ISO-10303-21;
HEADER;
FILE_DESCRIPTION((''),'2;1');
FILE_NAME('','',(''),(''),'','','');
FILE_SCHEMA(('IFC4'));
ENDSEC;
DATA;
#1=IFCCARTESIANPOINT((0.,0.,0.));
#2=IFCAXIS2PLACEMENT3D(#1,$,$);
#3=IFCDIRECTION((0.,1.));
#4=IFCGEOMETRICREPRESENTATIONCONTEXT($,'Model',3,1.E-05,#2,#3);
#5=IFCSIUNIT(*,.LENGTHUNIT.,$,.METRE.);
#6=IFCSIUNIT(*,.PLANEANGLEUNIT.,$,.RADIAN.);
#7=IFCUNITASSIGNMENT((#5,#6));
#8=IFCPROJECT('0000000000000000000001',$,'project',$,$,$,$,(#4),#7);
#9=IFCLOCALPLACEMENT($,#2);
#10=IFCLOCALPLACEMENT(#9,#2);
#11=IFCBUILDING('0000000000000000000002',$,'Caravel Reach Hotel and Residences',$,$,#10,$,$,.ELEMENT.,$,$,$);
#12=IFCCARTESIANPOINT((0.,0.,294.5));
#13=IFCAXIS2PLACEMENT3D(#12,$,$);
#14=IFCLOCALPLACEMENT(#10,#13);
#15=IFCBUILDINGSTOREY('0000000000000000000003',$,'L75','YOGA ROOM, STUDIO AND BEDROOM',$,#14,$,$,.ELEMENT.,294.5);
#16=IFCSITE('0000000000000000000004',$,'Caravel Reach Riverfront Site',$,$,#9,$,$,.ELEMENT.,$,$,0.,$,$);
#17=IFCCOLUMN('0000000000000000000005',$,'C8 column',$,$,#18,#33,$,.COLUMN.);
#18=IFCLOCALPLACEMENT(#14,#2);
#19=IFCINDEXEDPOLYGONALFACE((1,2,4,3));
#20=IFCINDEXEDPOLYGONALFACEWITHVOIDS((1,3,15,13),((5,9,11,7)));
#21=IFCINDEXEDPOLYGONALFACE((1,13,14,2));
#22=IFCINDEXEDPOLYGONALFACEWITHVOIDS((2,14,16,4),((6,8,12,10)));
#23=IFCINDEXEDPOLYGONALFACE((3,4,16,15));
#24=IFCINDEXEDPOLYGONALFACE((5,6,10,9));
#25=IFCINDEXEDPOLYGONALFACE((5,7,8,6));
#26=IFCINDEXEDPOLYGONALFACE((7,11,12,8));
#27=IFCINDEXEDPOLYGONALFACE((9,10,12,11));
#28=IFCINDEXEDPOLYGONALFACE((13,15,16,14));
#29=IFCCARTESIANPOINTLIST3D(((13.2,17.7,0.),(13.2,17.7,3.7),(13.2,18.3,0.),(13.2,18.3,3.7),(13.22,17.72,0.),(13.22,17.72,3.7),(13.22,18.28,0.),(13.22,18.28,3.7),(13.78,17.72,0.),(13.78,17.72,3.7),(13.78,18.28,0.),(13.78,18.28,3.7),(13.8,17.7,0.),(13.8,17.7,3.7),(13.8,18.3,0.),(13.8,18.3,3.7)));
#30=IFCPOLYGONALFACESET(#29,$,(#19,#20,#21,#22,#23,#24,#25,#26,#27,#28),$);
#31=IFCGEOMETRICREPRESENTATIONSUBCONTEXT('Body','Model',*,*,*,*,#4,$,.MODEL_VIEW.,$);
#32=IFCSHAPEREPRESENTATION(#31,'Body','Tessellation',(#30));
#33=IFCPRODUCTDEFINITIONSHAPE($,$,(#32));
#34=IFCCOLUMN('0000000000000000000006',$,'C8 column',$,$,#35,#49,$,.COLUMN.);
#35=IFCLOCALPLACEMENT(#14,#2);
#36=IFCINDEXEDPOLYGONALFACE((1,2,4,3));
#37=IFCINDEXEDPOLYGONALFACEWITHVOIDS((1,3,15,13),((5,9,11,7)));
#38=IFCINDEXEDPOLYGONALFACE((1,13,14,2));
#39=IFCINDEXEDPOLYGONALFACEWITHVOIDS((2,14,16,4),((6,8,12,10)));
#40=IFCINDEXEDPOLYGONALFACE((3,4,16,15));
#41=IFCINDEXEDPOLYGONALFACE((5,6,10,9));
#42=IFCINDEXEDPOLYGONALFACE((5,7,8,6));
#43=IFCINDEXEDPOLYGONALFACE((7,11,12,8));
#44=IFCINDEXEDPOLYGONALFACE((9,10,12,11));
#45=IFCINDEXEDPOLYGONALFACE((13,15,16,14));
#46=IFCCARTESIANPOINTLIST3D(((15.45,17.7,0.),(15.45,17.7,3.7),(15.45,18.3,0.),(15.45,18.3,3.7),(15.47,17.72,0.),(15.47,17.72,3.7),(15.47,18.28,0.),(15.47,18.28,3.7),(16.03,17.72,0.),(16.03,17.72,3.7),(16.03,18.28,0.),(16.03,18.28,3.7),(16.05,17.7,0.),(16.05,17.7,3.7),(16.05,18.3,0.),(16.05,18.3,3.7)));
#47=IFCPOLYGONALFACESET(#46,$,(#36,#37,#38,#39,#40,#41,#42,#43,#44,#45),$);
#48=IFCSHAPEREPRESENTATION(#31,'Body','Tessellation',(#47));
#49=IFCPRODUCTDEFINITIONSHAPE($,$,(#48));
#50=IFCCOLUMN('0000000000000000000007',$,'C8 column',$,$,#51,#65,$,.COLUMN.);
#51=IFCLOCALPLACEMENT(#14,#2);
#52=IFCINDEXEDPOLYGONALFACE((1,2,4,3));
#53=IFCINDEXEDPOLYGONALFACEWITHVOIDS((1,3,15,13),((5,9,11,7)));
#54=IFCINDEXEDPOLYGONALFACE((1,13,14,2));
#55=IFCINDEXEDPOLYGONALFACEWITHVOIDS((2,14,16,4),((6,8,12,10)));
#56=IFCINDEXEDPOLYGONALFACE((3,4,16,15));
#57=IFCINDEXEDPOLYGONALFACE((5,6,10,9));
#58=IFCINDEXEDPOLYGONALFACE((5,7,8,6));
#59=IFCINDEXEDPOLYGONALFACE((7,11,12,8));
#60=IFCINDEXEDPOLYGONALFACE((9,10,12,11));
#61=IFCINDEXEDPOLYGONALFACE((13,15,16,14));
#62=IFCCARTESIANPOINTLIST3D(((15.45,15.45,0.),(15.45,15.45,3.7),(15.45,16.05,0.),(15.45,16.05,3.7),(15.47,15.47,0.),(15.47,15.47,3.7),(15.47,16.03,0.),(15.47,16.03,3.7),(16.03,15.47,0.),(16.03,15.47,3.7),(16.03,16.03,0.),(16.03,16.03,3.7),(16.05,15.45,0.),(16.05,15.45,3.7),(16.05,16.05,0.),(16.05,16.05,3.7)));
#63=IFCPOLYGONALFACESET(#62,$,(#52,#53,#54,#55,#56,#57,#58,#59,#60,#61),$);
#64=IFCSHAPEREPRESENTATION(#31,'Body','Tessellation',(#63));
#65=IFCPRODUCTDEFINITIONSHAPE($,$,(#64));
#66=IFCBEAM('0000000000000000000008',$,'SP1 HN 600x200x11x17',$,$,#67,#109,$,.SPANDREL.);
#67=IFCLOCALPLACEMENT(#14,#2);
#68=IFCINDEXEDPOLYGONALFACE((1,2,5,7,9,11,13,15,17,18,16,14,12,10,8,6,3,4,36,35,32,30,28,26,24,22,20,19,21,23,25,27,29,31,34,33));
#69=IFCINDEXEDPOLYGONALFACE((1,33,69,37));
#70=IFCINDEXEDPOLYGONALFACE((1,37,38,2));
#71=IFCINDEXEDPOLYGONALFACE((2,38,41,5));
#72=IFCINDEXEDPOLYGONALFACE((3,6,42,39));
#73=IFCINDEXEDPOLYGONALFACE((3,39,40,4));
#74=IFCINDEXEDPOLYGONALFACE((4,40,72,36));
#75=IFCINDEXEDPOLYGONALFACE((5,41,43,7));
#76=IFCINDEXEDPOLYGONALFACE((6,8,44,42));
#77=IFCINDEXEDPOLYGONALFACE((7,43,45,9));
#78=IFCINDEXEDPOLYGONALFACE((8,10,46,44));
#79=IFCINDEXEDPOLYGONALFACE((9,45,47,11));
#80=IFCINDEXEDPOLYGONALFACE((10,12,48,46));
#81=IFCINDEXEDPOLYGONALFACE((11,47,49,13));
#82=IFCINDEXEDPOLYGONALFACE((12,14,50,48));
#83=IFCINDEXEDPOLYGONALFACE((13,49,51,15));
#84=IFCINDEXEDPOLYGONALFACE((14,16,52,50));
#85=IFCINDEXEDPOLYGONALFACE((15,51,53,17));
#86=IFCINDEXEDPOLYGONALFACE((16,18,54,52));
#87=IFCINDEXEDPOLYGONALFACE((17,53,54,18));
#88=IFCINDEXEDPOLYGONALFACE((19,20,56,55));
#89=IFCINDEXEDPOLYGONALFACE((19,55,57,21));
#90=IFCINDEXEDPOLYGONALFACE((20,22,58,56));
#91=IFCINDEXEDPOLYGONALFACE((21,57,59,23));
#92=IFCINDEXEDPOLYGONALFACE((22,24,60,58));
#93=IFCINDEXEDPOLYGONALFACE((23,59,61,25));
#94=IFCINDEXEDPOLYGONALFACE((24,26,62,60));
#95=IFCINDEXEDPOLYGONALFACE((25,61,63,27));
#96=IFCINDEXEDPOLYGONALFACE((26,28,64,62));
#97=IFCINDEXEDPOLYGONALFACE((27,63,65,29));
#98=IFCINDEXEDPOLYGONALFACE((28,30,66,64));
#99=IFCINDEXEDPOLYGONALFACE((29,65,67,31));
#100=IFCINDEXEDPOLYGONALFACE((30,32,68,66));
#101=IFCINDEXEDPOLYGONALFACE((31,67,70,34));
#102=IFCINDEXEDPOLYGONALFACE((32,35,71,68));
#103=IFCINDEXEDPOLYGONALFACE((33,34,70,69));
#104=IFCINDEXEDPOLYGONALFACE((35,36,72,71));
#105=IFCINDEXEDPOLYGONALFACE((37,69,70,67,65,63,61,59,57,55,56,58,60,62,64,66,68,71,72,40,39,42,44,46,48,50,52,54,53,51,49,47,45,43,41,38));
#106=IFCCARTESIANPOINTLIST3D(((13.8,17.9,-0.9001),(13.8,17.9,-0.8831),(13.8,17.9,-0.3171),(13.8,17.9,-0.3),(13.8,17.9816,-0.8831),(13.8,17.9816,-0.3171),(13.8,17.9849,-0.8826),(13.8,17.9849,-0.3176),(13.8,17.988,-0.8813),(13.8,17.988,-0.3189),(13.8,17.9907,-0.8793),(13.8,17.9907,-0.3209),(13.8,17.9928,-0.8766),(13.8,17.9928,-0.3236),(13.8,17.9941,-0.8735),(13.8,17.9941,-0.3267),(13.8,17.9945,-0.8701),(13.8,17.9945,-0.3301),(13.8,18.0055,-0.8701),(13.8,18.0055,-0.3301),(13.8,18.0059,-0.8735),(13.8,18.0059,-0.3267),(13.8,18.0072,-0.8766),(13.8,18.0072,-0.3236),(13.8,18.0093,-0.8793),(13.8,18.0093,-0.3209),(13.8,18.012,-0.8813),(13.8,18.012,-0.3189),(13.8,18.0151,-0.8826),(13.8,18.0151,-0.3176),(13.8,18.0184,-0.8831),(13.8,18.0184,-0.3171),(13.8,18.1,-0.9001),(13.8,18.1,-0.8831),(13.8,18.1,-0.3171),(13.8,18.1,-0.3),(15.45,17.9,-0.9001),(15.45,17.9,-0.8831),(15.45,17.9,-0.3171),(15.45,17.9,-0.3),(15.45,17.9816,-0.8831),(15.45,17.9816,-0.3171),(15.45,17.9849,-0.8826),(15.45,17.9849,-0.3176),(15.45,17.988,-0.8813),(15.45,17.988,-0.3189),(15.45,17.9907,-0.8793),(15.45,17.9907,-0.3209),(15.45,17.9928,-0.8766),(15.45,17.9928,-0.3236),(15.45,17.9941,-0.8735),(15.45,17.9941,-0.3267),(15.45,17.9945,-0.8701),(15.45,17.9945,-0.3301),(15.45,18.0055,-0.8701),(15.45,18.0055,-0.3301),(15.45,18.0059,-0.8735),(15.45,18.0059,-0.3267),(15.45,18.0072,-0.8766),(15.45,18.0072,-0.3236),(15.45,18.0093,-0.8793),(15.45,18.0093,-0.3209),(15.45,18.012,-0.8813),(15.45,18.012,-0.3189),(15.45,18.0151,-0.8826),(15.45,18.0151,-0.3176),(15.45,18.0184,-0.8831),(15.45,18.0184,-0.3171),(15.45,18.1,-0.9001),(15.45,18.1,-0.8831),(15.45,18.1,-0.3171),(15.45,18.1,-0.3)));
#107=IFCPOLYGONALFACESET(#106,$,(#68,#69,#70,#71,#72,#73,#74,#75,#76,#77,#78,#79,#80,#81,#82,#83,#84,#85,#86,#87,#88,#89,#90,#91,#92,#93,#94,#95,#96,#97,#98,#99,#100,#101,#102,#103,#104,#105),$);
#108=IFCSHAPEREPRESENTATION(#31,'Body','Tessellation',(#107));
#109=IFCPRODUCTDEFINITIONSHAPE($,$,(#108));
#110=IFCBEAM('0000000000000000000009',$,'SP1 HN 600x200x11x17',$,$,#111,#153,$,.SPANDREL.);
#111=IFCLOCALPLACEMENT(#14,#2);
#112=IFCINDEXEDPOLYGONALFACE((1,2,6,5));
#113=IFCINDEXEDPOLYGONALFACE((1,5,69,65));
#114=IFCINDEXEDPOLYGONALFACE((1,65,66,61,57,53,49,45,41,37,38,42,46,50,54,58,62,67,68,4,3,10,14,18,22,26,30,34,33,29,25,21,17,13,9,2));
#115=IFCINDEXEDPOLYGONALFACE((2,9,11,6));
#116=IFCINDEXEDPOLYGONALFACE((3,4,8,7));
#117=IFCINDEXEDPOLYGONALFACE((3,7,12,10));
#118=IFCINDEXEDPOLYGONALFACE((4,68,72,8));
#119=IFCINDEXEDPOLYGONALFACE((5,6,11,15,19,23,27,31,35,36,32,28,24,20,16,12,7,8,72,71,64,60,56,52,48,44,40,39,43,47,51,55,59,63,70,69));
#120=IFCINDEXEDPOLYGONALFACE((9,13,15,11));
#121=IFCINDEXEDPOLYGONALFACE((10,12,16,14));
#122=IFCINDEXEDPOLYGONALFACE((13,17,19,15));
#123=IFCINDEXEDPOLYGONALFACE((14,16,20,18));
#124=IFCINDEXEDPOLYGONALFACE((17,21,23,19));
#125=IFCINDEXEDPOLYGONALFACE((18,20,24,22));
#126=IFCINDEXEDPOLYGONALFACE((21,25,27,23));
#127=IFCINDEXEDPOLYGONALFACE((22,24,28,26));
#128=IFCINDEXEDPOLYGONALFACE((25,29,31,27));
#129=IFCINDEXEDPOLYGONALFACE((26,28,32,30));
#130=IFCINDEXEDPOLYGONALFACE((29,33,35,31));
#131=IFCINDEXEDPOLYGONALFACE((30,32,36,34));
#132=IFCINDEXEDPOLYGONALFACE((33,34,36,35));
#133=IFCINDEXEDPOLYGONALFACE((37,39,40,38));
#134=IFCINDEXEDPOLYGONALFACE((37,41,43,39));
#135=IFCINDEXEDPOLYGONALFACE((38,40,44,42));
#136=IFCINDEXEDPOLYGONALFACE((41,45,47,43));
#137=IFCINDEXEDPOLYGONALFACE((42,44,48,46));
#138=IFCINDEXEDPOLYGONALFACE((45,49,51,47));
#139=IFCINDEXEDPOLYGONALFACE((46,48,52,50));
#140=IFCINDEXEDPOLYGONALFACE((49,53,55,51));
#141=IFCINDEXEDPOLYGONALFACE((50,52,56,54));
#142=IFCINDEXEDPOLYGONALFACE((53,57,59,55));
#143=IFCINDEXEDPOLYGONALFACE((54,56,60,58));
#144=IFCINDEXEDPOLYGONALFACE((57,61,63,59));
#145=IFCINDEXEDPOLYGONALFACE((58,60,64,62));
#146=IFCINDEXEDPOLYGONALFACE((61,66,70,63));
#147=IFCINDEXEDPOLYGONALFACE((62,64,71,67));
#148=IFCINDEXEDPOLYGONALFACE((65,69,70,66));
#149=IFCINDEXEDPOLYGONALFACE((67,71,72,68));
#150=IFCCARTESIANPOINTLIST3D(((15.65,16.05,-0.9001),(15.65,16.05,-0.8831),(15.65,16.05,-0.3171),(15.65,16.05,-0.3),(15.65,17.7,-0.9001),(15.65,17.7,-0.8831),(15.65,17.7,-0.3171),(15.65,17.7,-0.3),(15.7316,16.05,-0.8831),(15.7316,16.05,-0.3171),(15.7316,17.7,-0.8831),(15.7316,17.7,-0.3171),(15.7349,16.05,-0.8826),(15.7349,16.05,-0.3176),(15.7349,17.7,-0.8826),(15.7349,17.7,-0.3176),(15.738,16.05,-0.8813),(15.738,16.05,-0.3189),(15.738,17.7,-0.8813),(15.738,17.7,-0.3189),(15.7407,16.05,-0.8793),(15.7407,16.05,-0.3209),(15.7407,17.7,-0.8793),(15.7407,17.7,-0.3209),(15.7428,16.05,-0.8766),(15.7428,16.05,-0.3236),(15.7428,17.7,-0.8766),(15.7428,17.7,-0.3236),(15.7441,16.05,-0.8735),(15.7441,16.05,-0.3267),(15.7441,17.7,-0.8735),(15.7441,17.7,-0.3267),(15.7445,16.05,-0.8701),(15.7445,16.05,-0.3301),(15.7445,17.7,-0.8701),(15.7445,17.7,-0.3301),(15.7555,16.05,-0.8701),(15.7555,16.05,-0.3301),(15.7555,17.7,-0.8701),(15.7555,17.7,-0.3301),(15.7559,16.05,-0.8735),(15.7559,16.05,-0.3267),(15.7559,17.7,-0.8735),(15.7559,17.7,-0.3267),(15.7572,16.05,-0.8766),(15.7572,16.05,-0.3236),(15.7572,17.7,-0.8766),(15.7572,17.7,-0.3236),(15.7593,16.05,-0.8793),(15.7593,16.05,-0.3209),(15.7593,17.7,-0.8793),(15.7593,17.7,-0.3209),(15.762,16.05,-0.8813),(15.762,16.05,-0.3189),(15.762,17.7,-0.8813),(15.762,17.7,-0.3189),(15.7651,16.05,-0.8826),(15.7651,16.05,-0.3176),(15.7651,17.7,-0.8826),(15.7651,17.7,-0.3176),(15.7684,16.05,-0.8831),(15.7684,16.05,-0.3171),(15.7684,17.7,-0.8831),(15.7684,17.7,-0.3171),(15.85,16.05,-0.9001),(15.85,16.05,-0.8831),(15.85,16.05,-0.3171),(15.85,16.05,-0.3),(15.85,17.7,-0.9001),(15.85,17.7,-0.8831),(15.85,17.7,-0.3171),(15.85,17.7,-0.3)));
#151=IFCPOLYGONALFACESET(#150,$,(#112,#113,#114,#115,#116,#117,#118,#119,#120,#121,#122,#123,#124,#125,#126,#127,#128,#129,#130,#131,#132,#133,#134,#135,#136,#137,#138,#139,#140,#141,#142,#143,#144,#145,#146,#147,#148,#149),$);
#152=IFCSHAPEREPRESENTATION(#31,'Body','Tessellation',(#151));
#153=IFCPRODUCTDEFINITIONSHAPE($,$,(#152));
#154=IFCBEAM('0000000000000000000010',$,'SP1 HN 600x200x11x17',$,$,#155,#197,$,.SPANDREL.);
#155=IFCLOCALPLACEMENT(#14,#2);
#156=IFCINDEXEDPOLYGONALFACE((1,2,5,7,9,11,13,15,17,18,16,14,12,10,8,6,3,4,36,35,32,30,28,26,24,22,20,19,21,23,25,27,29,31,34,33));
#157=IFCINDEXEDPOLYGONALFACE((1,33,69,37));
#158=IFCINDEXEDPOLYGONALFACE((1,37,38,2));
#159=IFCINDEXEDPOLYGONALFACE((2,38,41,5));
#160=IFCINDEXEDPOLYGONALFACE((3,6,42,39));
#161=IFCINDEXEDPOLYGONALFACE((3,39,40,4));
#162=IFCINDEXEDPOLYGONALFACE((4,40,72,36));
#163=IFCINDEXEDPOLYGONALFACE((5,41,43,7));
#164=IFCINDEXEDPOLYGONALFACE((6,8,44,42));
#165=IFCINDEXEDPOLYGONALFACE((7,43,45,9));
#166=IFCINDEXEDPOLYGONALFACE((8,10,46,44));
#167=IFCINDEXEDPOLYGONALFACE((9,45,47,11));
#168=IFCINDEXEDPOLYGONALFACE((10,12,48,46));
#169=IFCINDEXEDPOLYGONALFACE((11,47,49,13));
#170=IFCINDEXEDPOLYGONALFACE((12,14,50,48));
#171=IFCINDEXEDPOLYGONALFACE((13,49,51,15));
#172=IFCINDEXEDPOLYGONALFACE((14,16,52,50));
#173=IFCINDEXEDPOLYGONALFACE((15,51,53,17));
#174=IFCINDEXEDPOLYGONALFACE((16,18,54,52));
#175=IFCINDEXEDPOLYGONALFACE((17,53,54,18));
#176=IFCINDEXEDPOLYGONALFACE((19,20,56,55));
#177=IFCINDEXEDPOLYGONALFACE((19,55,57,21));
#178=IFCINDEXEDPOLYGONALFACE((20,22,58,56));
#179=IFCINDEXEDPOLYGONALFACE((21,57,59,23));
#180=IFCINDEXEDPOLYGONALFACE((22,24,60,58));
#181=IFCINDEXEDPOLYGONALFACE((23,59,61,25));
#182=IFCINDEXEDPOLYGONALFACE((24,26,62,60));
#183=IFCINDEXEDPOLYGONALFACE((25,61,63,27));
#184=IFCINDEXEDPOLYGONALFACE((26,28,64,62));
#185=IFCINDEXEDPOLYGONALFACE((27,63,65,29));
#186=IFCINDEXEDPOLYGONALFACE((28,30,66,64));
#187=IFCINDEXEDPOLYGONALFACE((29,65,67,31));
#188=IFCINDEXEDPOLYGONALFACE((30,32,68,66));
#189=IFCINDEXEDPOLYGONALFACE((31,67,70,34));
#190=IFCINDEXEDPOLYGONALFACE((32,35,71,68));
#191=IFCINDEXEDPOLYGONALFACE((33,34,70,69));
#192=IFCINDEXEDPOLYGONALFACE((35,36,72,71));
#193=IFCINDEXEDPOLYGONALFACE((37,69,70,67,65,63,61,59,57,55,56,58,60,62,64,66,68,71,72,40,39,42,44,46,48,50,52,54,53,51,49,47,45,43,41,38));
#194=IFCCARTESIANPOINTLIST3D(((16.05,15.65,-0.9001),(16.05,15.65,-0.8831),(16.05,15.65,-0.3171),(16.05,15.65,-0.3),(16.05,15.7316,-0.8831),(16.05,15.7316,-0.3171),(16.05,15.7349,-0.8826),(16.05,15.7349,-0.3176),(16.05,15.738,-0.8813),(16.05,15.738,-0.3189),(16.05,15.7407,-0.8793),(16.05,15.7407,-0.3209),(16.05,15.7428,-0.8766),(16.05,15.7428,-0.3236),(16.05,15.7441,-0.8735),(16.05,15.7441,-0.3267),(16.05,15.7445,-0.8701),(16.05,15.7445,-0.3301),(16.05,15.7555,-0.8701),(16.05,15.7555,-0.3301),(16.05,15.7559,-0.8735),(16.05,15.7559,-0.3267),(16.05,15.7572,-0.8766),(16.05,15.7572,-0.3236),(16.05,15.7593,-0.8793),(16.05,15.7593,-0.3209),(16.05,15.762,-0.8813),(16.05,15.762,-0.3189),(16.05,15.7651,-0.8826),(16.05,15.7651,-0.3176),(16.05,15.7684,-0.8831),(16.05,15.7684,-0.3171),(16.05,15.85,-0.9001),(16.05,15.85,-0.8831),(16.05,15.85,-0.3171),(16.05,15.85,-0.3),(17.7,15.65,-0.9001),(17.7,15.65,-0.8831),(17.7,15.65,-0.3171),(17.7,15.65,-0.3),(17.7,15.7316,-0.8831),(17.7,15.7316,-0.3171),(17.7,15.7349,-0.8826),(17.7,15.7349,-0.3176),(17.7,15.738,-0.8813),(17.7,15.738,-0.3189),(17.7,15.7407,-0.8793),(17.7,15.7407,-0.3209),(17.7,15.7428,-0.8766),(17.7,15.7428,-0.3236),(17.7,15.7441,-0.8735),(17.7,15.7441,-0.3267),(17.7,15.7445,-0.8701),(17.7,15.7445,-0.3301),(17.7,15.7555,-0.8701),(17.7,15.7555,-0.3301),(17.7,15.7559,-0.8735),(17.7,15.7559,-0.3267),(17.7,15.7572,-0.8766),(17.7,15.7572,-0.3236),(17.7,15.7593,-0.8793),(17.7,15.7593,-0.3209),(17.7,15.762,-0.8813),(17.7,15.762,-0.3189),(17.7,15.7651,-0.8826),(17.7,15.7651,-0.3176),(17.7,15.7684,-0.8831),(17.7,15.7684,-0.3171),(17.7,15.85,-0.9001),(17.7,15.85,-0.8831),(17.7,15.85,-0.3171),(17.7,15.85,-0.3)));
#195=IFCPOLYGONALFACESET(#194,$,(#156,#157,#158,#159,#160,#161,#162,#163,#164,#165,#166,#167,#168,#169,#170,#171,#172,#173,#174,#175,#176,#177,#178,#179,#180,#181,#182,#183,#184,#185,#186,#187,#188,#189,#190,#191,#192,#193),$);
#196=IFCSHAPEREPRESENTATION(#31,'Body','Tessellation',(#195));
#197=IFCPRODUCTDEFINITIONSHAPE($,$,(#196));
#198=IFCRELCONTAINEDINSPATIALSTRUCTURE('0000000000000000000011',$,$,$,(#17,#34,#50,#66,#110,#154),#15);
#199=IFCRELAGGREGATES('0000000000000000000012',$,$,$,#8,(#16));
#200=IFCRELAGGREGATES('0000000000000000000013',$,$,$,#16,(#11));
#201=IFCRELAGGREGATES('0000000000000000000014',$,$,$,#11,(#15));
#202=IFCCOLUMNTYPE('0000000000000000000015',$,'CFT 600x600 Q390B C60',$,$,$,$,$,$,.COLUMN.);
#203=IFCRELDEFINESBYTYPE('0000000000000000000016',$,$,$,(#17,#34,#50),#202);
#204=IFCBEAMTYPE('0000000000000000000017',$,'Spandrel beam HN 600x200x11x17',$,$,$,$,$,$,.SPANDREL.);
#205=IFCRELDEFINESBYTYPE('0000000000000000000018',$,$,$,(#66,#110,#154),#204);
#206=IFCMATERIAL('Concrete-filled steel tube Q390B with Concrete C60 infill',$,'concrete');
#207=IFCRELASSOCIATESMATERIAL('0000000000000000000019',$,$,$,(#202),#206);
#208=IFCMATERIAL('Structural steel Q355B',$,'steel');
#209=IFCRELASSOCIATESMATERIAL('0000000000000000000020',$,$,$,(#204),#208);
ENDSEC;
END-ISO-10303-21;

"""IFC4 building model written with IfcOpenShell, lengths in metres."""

from ifc_helpers import new_model, si_unit, direction, frame, origin, origin_2d, place, context, subcontext, project, spatial, hollow_rectangle, i_section, extrude, material, material_profile, profile_set, type_object, element, save


model = new_model("IFC4")

# Units and contexts
model_context = context("Model", 3, precision=1e-05, world=origin(), true_north=direction((0.0, 1.0)))
body_context = subcontext(model_context, "Body", "Model", "MODEL_VIEW")
ifc_project = project(units=[si_unit("LENGTHUNIT", "METRE"), si_unit("PLANEANGLEUNIT", "RADIAN")], contexts=[model_context])

# Site, building, storey
site_placement = place(None, origin())
site = spatial("IfcSite", under=ifc_project, at=site_placement, Name="Caravel Reach Riverfront Site", CompositionType="ELEMENT", RefElevation=0.0)
building_placement = place(site_placement, origin())
building = spatial("IfcBuilding", under=site, at=building_placement, Name="Caravel Reach Hotel and Residences", CompositionType="ELEMENT")
storey_placement = place(building_placement, frame((0.0, 0.0, 294.5)))
storey = spatial("IfcBuildingStorey", under=building, at=storey_placement, Name="L75", Description="YOGA ROOM, STUDIO AND BEDROOM", CompositionType="ELEMENT", Elevation=294.5)

# Columns
ifc_material_1 = material(Name="Concrete-filled steel tube Q390B with Concrete C60 infill", Category="concrete")
ifc_material_profile_1 = material_profile(ifc_material_1, hollow_rectangle(XDim=0.6001, YDim=0.6001, WallThickness=0.02, at=origin_2d()), Name="RHS 600x600x20")
ifc_profile_set_1 = profile_set([ifc_material_profile_1], Name="Concrete-filled steel tube Q390B with Concrete C60 infill")
column_type = type_object("IfcColumnType", Name="CFT 600x600 Q390B C60", PredefinedType="COLUMN", material=ifc_profile_set_1)
for number, where, z_axis, x_axis, name in (
    (1, (13.5, 18.0, 0.0), (0.0, 0.0, 1.0), (1.0, 0.0, 0.0), "C8 column"),
    (2, (15.75, 18.0, 0.0), (0.0, 0.0, 1.0), (1.0, 0.0, 0.0), "C8 column"),
    (3, (15.75, 15.75, 0.0), (0.0, 0.0, 1.0), (1.0, 0.0, 0.0), "C8 column"),
):
    element("IfcColumn", number, at=place(storey_placement, frame(where, z_axis=z_axis, x_axis=x_axis)), inside=storey, type_object=column_type, Name=name, PredefinedType="COLUMN", context=body_context, shape_type="SweptSolid", body=[
        extrude(hollow_rectangle(XDim=0.6001, YDim=0.6001, WallThickness=0.02, at=origin_2d()), origin(), (0.0, 0.0, 1.0), 3.7),
    ])

# Beams
ifc_material_2 = material(Name="Structural steel Q355B", Category="steel")
ifc_material_profile_2 = material_profile(ifc_material_2, i_section(OverallWidth=0.2, OverallDepth=0.6001, WebThickness=0.011, FlangeThickness=0.0171, FilletRadius=0.0129, at=origin_2d()), Name="HN 600x200x11x17")
ifc_profile_set_2 = profile_set([ifc_material_profile_2], Name="Structural steel Q355B")
beam_type = type_object("IfcBeamType", Name="Spandrel beam HN 600x200x11x17", PredefinedType="SPANDREL", material=ifc_profile_set_2)
for number, where, z_axis, x_axis, name in (
    (4, (13.8, 18.0, -0.6001), (1.0, 0.0, 0.0), (0.0, 1.0, 0.0), "SP1 HN 600x200x11x17"),
    (5, (15.75, 17.7, -0.6001), (0.0, -1.0, 0.0), (1.0, 0.0, 0.0), "SP1 HN 600x200x11x17"),
    (6, (16.05, 15.75, -0.6001), (1.0, 0.0, 0.0), (0.0, 1.0, 0.0), "SP1 HN 600x200x11x17"),
):
    element("IfcBeam", number, at=place(storey_placement, frame(where, z_axis=z_axis, x_axis=x_axis)), inside=storey, type_object=beam_type, Name=name, PredefinedType="SPANDREL", context=body_context, shape_type="SweptSolid", body=[
        extrude(i_section(OverallWidth=0.2, OverallDepth=0.6001, WebThickness=0.011, FlangeThickness=0.0171, FilletRadius=0.0129, at=origin_2d()), origin(), (0.0, 0.0, 1.0), 1.6499),
    ])

save(model, "model.ifc")
